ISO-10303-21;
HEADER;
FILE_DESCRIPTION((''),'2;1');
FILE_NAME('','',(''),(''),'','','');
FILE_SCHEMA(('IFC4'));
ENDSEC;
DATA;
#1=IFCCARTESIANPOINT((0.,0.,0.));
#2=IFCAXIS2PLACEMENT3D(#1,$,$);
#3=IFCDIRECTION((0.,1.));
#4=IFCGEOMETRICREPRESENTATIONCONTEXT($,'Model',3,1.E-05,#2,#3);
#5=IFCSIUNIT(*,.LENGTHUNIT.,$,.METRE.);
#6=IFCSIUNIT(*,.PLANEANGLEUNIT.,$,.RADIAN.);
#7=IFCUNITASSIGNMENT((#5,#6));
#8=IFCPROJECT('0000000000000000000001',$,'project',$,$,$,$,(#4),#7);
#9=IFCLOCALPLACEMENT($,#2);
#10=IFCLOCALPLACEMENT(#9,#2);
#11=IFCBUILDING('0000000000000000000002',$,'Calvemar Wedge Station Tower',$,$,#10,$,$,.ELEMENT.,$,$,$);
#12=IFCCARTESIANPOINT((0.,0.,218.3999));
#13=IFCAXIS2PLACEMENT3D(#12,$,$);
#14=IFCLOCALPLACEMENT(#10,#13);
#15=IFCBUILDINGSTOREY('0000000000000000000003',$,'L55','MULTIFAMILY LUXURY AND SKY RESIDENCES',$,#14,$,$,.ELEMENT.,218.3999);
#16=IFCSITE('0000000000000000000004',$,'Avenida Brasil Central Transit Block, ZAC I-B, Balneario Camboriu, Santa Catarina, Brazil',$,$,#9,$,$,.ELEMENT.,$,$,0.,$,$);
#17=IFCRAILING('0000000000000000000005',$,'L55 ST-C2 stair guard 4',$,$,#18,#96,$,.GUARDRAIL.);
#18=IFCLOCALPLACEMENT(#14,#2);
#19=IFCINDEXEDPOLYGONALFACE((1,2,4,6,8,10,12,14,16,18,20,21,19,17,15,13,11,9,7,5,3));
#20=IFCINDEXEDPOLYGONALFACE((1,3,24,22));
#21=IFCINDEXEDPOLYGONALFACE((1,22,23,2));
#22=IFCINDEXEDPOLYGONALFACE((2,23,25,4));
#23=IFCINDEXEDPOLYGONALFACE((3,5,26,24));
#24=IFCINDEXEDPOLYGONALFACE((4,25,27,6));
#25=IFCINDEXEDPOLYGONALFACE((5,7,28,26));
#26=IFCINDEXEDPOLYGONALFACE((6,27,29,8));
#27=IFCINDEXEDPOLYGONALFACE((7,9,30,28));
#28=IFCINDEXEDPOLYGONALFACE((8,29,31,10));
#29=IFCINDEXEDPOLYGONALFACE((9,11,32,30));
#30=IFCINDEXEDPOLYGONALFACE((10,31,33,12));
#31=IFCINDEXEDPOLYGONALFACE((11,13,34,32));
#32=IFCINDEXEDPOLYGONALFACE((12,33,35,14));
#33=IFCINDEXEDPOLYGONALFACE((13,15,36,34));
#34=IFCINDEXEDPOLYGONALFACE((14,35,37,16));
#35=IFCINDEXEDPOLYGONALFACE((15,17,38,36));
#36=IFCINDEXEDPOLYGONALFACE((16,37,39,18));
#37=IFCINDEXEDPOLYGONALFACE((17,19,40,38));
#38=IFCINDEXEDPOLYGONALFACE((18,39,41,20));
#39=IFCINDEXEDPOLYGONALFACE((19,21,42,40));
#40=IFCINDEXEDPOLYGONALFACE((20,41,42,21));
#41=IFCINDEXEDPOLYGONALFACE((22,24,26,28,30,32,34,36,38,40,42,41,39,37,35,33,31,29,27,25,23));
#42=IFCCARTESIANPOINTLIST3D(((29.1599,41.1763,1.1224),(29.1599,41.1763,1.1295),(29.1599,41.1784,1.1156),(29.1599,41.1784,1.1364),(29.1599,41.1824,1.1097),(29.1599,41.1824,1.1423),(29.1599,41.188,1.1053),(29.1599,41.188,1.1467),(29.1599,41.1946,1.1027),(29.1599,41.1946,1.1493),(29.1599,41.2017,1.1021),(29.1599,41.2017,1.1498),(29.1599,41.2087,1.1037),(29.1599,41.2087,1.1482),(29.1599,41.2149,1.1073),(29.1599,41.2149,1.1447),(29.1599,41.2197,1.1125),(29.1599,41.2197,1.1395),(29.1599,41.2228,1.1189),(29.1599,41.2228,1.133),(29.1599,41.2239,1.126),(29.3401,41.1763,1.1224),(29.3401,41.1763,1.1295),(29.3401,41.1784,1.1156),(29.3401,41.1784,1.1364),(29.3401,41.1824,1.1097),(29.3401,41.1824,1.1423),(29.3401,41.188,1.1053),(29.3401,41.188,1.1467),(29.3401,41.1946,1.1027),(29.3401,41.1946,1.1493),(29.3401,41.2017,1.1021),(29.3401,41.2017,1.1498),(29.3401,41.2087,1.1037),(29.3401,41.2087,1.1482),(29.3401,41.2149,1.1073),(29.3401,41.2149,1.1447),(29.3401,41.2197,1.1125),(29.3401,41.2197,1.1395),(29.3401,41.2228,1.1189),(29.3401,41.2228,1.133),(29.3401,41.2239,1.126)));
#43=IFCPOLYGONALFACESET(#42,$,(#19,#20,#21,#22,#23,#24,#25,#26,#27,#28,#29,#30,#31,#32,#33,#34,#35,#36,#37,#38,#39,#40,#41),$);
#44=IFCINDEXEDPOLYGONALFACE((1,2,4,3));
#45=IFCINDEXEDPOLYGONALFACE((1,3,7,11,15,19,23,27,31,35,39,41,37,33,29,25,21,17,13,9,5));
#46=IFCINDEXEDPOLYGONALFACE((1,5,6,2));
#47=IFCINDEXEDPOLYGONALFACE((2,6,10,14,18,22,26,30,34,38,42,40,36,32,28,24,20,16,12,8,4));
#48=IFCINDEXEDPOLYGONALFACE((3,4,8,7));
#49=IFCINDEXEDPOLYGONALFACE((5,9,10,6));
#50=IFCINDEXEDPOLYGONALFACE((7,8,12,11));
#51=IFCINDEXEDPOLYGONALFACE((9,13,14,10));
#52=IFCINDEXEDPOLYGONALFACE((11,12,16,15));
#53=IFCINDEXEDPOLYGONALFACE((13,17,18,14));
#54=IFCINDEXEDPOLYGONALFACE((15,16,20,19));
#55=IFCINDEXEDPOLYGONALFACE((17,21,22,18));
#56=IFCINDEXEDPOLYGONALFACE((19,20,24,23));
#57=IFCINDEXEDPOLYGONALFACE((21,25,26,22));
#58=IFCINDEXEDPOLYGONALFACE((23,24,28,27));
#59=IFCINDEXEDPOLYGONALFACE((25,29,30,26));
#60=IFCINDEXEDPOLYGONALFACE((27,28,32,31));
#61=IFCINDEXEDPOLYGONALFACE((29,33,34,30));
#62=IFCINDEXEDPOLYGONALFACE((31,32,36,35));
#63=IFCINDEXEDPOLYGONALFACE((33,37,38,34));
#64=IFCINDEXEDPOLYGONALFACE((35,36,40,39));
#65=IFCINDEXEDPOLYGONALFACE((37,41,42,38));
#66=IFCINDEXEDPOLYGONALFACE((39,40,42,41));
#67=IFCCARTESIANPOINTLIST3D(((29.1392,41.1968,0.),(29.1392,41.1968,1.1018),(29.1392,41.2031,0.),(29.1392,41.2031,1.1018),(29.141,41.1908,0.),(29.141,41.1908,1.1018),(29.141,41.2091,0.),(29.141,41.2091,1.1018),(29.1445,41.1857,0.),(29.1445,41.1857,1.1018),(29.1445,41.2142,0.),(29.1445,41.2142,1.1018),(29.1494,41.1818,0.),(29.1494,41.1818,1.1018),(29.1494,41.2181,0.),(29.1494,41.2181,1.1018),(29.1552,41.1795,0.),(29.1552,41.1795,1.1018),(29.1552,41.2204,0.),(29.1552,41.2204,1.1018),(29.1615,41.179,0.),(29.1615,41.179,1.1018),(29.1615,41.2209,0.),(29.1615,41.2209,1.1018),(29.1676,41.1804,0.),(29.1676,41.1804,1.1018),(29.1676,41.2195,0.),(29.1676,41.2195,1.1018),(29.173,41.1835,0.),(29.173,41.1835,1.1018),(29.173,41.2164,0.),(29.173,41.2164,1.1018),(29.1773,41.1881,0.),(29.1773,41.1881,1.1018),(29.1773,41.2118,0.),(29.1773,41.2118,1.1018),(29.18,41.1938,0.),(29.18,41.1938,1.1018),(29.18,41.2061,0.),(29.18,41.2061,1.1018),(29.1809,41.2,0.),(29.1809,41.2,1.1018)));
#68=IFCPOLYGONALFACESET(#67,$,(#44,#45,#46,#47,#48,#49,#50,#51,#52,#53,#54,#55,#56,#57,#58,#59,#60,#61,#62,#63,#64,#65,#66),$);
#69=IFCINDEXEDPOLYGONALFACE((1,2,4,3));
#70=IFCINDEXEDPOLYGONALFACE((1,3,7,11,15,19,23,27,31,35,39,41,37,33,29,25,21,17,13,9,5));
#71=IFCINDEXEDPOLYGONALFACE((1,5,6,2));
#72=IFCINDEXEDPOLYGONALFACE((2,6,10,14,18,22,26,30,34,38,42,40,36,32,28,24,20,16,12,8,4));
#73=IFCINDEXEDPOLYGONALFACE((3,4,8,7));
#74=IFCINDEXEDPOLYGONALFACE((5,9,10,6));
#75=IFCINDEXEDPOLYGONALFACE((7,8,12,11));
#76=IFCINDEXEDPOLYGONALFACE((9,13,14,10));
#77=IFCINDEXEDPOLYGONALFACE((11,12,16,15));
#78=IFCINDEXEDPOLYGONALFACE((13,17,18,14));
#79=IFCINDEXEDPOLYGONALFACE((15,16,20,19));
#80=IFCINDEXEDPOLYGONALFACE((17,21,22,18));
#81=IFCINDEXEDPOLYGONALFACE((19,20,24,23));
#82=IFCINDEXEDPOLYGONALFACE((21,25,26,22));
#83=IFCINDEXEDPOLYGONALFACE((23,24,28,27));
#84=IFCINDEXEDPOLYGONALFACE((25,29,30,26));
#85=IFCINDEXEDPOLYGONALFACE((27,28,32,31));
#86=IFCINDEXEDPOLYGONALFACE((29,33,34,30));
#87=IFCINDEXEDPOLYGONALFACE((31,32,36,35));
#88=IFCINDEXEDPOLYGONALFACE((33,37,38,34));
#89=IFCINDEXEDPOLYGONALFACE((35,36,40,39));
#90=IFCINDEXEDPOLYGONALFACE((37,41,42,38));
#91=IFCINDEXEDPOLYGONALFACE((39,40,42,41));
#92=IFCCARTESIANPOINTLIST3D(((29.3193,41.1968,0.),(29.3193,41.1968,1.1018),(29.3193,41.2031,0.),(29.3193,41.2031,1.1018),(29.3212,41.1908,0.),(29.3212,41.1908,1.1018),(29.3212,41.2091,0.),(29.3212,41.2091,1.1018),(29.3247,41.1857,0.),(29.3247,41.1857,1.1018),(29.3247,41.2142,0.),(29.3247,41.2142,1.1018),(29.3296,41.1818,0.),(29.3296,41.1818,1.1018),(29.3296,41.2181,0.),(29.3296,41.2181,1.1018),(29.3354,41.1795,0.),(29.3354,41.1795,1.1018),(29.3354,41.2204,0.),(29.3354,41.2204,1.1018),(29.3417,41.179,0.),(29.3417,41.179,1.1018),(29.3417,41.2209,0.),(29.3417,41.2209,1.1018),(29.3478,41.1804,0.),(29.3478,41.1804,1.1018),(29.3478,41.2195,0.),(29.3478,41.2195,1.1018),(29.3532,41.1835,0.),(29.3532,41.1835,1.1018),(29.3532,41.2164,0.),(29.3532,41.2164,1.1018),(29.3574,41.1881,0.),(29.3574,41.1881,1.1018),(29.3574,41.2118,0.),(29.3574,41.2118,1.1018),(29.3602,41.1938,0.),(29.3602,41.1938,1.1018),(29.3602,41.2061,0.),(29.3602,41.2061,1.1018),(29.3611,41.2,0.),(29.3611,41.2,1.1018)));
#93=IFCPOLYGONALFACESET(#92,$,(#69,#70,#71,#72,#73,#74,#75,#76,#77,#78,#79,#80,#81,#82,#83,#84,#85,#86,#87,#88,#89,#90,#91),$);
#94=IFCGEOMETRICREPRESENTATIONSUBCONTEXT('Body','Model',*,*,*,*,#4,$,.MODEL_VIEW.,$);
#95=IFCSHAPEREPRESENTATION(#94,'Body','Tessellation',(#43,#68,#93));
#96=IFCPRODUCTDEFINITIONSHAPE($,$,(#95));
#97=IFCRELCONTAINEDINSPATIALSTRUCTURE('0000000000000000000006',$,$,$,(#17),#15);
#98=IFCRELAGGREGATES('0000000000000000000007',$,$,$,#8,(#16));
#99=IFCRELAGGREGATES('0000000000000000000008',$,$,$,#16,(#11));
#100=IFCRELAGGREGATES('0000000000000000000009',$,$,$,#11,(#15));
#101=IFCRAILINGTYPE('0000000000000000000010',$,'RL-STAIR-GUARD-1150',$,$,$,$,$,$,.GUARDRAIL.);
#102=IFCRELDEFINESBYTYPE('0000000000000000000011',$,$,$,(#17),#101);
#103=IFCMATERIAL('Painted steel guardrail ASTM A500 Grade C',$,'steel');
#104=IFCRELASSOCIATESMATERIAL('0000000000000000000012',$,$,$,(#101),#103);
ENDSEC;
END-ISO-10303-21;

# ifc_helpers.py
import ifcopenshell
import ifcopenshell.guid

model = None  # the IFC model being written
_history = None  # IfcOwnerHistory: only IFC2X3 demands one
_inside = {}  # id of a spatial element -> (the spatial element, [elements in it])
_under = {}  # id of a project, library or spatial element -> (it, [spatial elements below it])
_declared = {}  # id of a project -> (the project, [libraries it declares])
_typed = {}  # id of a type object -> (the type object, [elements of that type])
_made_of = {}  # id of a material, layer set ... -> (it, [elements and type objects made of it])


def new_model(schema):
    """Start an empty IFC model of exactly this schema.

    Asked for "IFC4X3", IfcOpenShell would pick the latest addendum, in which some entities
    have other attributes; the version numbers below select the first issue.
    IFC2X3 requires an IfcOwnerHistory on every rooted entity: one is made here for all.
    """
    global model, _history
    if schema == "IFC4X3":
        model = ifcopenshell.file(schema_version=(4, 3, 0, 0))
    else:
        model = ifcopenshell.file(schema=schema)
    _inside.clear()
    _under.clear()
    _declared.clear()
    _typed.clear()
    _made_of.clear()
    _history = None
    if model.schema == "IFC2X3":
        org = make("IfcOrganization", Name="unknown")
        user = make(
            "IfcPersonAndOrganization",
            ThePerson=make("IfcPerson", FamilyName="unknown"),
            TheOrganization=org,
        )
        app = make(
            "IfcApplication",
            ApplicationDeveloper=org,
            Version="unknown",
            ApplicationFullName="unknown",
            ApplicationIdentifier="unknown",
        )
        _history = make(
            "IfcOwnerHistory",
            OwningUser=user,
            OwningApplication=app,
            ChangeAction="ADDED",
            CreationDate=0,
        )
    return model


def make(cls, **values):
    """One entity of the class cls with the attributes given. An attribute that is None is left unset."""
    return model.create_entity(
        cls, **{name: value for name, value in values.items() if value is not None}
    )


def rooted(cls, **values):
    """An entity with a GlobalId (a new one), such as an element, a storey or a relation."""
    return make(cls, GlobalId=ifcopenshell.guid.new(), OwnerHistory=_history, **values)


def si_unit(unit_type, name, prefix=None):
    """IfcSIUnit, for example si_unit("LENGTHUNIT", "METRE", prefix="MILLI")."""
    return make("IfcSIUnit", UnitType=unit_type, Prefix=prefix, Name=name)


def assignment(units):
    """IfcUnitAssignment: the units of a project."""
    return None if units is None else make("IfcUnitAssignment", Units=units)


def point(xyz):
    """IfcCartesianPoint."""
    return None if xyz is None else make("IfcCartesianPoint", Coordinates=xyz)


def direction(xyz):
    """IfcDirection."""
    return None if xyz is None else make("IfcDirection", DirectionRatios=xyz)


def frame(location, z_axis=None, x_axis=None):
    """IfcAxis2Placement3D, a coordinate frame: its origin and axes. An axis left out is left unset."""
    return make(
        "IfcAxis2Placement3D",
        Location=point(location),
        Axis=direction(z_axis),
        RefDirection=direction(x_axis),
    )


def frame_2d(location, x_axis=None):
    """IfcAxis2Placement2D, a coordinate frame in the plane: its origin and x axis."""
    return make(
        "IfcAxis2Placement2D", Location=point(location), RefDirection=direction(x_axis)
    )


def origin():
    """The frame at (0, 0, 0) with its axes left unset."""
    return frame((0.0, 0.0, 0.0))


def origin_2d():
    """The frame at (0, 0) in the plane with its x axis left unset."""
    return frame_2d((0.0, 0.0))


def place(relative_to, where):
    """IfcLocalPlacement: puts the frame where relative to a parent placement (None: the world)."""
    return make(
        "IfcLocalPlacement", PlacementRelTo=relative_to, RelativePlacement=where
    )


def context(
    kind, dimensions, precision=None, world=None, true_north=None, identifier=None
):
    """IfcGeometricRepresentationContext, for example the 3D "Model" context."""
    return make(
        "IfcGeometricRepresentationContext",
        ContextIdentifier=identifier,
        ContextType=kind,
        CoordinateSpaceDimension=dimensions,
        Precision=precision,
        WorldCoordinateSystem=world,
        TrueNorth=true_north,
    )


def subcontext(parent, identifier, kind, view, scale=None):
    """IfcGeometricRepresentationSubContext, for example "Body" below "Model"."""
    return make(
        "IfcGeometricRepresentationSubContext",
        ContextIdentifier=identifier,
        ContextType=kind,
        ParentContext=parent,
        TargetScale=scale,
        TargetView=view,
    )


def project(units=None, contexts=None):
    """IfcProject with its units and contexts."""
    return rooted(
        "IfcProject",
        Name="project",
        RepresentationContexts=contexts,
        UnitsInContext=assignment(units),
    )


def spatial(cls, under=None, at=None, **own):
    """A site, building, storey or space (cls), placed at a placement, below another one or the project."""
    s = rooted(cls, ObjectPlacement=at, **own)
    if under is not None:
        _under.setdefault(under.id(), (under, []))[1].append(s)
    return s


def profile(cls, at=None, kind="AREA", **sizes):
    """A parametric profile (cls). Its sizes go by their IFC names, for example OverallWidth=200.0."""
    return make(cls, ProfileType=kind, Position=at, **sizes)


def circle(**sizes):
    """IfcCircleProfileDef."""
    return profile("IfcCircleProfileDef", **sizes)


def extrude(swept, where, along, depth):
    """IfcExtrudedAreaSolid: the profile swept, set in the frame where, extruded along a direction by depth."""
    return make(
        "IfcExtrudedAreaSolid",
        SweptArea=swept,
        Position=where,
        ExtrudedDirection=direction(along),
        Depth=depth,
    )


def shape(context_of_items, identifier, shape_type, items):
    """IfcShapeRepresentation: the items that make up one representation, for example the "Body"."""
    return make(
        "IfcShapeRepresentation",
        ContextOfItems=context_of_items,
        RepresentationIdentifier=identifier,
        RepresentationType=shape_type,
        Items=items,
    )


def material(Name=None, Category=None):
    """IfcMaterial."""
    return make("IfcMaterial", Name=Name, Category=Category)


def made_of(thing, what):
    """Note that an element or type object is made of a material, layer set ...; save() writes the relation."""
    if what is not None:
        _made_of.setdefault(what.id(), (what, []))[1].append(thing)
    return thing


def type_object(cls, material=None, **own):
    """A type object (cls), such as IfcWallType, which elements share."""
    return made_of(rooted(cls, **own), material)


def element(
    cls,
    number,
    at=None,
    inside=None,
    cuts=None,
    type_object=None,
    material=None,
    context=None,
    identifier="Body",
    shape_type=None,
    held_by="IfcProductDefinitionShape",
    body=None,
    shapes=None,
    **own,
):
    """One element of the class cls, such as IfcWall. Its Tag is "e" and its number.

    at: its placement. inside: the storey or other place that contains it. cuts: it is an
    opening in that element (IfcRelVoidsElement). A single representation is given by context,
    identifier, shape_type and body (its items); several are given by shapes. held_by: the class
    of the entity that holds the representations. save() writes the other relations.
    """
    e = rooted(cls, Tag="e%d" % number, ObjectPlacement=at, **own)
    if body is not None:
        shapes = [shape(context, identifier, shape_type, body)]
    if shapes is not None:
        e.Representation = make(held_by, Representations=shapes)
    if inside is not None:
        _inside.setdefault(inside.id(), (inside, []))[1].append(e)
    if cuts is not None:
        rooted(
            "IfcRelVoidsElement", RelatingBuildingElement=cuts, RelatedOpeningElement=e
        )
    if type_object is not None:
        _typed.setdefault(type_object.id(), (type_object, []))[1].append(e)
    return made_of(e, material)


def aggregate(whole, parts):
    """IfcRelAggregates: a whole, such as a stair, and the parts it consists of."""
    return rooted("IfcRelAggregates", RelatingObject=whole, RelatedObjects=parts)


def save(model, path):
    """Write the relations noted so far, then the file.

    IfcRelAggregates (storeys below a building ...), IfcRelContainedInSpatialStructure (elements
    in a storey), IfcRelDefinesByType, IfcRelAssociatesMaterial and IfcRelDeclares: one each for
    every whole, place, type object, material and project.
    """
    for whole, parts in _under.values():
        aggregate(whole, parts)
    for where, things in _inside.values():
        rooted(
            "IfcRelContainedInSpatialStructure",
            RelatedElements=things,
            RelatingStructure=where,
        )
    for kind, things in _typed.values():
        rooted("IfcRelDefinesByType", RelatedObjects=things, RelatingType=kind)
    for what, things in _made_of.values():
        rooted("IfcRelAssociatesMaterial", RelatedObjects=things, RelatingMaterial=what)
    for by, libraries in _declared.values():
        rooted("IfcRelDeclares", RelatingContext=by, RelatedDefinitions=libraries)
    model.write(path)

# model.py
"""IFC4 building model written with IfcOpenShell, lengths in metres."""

from ifc_helpers import new_model, si_unit, direction, frame, origin, origin_2d, place, context, subcontext, project, spatial, circle, extrude, material, type_object, element, save


model = new_model("IFC4")

# Units and contexts
model_context = context("Model", 3, precision=1e-05, world=origin(), true_north=direction((0.0, 1.0)))
body_context = subcontext(model_context, "Body", "Model", "MODEL_VIEW")
ifc_project = project(units=[si_unit("LENGTHUNIT", "METRE"), si_unit("PLANEANGLEUNIT", "RADIAN")], contexts=[model_context])

# Site, building, storey
site_placement = place(None, origin())
site = spatial("IfcSite", under=ifc_project, at=site_placement, Name="Avenida Brasil Central Transit Block, ZAC I-B, Balneario Camboriu, Santa Catarina, Brazil", CompositionType="ELEMENT", RefElevation=0.0)
building_placement = place(site_placement, origin())
building = spatial("IfcBuilding", under=site, at=building_placement, Name="Calvemar Wedge Station Tower", CompositionType="ELEMENT")
storey_placement = place(building_placement, frame((0.0, 0.0, 218.3999)))
storey = spatial("IfcBuildingStorey", under=building, at=storey_placement, Name="L55", Description="MULTIFAMILY LUXURY AND SKY RESIDENCES", CompositionType="ELEMENT", Elevation=218.3999)

# Railing
ifc_material_1 = material(Name="Painted steel guardrail ASTM A500 Grade C", Category="steel")
railing_type_1 = type_object("IfcRailingType", Name="RL-STAIR-GUARD-1150", PredefinedType="GUARDRAIL", material=ifc_material_1)
railing_1_placement = place(storey_placement, frame((29.1599, 41.2, 0.0)))
element("IfcRailing", 1, at=railing_1_placement, inside=storey, type_object=railing_type_1, Name="L55 ST-C2 stair guard 4", PredefinedType="GUARDRAIL", context=body_context, shape_type="SweptSolid", body=[
    extrude(circle(Radius=0.0239, at=origin_2d()), frame((0.0, 0.0, 1.126), z_axis=(1.0, 0.0, 0.0), x_axis=(0.0, 1.0, 0.0)), (0.0, 0.0, 1.0), 0.1802),
    extrude(circle(Radius=0.021, at=origin_2d()), origin(), (0.0, 0.0, 1.0), 1.1018),
    extrude(circle(Radius=0.021, at=origin_2d()), frame((0.1802, 0.0, 0.0)), (0.0, 0.0, 1.0), 1.1018),
])

save(model, "model.ifc")
